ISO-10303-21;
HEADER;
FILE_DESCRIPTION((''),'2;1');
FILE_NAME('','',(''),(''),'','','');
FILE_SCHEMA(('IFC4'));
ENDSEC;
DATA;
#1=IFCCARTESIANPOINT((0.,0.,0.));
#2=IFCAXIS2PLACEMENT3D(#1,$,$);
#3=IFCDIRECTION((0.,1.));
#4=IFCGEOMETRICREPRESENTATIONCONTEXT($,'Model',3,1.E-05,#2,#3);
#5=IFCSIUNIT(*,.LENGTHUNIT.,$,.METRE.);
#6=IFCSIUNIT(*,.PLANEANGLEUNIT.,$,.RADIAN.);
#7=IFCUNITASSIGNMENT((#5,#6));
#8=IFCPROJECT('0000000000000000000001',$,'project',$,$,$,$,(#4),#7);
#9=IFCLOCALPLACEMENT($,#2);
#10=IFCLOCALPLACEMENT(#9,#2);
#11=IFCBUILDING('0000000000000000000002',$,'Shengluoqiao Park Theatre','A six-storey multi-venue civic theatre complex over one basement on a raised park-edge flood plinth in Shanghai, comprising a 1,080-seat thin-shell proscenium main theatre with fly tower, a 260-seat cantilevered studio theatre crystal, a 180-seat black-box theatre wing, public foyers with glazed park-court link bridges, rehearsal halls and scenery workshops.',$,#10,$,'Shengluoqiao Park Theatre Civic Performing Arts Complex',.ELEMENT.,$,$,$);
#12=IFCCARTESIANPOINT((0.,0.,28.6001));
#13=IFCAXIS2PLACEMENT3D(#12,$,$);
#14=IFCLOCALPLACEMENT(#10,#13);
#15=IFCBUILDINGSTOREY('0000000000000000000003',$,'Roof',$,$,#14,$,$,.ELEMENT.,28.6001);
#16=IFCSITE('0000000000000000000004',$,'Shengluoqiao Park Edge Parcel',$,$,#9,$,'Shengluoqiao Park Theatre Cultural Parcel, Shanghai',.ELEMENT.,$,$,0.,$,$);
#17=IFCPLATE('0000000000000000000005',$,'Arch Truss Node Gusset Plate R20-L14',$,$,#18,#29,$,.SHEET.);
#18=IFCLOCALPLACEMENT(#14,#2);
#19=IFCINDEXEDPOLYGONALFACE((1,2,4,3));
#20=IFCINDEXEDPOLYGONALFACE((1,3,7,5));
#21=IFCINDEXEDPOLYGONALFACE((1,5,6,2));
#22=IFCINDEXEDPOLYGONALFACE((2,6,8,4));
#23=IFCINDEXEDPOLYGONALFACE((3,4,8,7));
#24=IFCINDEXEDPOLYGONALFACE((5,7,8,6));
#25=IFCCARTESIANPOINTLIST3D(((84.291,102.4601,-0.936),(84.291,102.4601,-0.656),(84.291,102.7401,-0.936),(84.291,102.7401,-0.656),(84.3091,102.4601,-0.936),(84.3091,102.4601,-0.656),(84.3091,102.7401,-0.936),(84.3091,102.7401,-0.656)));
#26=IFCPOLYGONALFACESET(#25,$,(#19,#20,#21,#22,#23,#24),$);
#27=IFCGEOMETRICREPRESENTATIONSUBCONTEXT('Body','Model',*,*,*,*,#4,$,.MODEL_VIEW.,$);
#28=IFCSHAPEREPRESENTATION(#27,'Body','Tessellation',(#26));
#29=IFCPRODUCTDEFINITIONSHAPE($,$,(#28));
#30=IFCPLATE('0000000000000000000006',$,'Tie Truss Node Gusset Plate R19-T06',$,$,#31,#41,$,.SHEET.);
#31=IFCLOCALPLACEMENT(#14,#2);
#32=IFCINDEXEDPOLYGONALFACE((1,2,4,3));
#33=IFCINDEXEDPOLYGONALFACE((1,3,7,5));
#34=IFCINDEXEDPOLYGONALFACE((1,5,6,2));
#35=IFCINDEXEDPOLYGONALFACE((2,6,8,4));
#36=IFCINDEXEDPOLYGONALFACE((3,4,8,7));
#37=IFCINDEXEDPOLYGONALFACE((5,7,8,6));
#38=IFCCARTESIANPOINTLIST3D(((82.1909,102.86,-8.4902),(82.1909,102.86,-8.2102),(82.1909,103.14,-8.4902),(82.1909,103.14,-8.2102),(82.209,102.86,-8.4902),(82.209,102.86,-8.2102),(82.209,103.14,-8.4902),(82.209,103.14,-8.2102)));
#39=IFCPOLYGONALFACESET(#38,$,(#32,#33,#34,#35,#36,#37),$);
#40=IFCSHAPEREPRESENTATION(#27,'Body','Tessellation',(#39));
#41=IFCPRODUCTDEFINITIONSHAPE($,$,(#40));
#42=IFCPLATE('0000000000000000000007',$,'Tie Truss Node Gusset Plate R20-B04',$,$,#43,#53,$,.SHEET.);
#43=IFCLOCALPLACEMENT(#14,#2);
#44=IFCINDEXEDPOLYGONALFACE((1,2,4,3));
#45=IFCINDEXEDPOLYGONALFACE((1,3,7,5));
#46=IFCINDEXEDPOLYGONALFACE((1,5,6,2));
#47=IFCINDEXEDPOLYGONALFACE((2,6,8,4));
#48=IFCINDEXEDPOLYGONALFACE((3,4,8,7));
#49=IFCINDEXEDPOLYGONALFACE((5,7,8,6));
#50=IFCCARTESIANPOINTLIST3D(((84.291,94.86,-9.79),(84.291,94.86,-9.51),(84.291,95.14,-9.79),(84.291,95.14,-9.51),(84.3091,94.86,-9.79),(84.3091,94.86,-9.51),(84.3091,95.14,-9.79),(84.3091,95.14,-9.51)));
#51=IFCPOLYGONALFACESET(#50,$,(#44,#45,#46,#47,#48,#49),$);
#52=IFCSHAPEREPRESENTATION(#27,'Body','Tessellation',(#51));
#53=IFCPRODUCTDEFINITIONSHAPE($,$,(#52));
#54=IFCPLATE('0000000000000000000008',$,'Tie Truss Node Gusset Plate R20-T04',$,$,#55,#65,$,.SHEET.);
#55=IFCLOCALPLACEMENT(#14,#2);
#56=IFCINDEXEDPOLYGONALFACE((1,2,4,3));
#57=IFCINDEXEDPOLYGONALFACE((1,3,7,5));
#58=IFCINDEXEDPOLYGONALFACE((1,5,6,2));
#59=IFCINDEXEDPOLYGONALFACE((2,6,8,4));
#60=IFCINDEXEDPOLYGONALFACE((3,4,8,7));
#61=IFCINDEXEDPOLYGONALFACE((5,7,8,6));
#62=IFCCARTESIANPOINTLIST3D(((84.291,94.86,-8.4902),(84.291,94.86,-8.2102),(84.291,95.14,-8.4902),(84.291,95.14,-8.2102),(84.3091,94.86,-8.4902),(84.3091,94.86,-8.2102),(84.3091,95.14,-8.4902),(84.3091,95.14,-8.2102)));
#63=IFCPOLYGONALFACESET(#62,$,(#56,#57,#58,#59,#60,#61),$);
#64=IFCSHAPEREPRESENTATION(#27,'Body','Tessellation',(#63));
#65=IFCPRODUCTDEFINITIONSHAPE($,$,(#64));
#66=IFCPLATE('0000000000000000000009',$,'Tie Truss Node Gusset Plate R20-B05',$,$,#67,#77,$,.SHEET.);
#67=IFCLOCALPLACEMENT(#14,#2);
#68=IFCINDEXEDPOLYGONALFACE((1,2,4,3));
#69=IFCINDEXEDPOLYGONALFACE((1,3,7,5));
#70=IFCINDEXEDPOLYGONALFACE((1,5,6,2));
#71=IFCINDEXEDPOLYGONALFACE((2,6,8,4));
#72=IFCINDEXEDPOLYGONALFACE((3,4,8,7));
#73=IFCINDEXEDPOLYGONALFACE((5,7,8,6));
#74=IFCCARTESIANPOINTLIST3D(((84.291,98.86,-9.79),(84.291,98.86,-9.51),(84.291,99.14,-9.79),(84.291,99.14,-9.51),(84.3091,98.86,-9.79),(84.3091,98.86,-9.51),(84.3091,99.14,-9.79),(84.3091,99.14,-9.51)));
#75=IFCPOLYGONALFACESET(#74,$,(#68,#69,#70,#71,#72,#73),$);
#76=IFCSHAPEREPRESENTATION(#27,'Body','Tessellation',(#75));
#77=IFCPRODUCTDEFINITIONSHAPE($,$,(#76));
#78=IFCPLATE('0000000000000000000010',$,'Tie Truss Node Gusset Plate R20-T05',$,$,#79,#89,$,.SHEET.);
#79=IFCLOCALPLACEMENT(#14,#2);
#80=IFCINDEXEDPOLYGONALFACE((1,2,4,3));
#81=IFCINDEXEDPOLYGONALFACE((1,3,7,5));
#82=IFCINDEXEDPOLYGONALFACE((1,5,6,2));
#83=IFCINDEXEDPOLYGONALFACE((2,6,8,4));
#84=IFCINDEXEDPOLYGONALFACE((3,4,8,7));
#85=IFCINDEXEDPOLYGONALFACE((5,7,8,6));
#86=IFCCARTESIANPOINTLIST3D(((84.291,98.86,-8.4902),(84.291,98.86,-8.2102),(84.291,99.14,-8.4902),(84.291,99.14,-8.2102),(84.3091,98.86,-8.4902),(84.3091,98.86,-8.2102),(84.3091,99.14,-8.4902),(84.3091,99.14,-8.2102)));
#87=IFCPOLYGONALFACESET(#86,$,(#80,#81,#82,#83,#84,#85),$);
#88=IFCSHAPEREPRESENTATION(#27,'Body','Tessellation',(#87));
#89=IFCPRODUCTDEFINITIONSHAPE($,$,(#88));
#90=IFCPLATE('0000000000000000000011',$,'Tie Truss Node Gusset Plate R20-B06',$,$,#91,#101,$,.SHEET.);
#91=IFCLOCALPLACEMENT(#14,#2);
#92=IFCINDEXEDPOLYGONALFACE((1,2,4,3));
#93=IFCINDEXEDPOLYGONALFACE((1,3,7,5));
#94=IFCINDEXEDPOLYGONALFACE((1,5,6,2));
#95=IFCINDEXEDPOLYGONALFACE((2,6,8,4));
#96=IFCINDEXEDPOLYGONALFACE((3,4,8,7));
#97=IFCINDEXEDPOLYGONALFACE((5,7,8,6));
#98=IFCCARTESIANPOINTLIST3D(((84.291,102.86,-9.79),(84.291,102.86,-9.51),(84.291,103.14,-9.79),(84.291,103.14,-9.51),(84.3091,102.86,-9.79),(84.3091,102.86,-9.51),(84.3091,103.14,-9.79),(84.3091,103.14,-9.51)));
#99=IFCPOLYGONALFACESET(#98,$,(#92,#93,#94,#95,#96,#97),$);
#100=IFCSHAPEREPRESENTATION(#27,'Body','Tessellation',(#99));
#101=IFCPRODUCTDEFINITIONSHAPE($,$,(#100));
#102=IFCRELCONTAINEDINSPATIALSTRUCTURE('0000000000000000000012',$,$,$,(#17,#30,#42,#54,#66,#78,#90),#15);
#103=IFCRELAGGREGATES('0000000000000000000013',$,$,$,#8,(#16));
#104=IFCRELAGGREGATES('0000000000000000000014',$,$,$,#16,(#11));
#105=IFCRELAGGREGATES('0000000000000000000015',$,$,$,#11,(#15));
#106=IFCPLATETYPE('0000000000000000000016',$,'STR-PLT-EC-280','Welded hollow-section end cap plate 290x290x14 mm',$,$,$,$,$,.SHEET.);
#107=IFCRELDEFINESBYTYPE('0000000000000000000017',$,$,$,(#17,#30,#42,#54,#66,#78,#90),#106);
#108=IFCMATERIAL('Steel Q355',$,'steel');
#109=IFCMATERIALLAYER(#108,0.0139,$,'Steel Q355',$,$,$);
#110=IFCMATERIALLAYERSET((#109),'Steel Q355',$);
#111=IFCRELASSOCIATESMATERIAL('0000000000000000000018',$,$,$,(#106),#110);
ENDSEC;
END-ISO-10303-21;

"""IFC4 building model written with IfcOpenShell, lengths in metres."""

from ifc_helpers import new_model, si_unit, direction, frame, origin, origin_2d, place, context, subcontext, project, spatial, rectangle, extrude, material, layer, layer_set, type_object, element, save


model = new_model("IFC4")

# Units and contexts
model_context = context("Model", 3, precision=1e-05, world=origin(), true_north=direction((0.0, 1.0)))
body_context = subcontext(model_context, "Body", "Model", "MODEL_VIEW")
ifc_project = project(units=[si_unit("LENGTHUNIT", "METRE"), si_unit("PLANEANGLEUNIT", "RADIAN")], contexts=[model_context])

# Site, building, storey
site_placement = place(None, origin())
site = spatial("IfcSite", under=ifc_project, at=site_placement, Name="Shengluoqiao Park Edge Parcel", LongName="Shengluoqiao Park Theatre Cultural Parcel, Shanghai", CompositionType="ELEMENT", RefElevation=0.0)
building_placement = place(site_placement, origin())
building = spatial("IfcBuilding", under=site, at=building_placement, Name="Shengluoqiao Park Theatre", Description="A six-storey multi-venue civic theatre complex over one basement on a raised park-edge flood plinth in Shanghai, comprising a 1,080-seat thin-shell proscenium main theatre with fly tower, a 260-seat cantilevered studio theatre crystal, a 180-seat black-box theatre wing, public foyers with glazed park-court link bridges, rehearsal halls and scenery workshops.", LongName="Shengluoqiao Park Theatre Civic Performing Arts Complex", CompositionType="ELEMENT")
storey_placement = place(building_placement, frame((0.0, 0.0, 28.6001)))
storey = spatial("IfcBuildingStorey", under=building, at=storey_placement, Name="Roof", CompositionType="ELEMENT", Elevation=28.6001)

# Shared definitions
ifc_material_1 = material(Name="Steel Q355", Category="steel")

# Plates
ifc_layer = layer(ifc_material_1, 0.0139, Name="Steel Q355")
ifc_layer_set = layer_set([ifc_layer], Name="Steel Q355")
plate_type = type_object("IfcPlateType", Name="STR-PLT-EC-280", Description="Welded hollow-section end cap plate 290x290x14 mm", PredefinedType="SHEET", material=ifc_layer_set)
for number, where, z_axis, x_axis, name in (
    (1, (84.3, 102.6001, -0.936), (0.0, 0.0, 1.0), (1.0, 0.0, 0.0), "Arch Truss Node Gusset Plate R20-L14"),
    (2, (82.2, 103.0, -8.4902), (0.0, 0.0, 1.0), (1.0, 0.0, 0.0), "Tie Truss Node Gusset Plate R19-T06"),
    (3, (84.3, 95.0, -9.79), (0.0, 0.0, 1.0), (1.0, 0.0, 0.0), "Tie Truss Node Gusset Plate R20-B04"),
    (4, (84.3, 95.0, -8.4902), (0.0, 0.0, 1.0), (1.0, 0.0, 0.0), "Tie Truss Node Gusset Plate R20-T04"),
    (5, (84.3, 99.0, -9.79), (0.0, 0.0, 1.0), (1.0, 0.0, 0.0), "Tie Truss Node Gusset Plate R20-B05"),
    (6, (84.3, 99.0, -8.4902), (0.0, 0.0, 1.0), (1.0, 0.0, 0.0), "Tie Truss Node Gusset Plate R20-T05"),
    (7, (84.3, 103.0, -9.79), (0.0, 0.0, 1.0), (1.0, 0.0, 0.0), "Tie Truss Node Gusset Plate R20-B06"),
):
    element("IfcPlate", number, at=place(storey_placement, frame(where, z_axis=z_axis, x_axis=x_axis)), inside=storey, type_object=plate_type, Name=name, PredefinedType="SHEET", context=body_context, shape_type="SweptSolid", body=[
        extrude(rectangle(XDim=0.0181, YDim=0.28, at=origin_2d()), origin(), (0.0, 0.0, 1.0), 0.28),
    ])

save(model, "model.ifc")
